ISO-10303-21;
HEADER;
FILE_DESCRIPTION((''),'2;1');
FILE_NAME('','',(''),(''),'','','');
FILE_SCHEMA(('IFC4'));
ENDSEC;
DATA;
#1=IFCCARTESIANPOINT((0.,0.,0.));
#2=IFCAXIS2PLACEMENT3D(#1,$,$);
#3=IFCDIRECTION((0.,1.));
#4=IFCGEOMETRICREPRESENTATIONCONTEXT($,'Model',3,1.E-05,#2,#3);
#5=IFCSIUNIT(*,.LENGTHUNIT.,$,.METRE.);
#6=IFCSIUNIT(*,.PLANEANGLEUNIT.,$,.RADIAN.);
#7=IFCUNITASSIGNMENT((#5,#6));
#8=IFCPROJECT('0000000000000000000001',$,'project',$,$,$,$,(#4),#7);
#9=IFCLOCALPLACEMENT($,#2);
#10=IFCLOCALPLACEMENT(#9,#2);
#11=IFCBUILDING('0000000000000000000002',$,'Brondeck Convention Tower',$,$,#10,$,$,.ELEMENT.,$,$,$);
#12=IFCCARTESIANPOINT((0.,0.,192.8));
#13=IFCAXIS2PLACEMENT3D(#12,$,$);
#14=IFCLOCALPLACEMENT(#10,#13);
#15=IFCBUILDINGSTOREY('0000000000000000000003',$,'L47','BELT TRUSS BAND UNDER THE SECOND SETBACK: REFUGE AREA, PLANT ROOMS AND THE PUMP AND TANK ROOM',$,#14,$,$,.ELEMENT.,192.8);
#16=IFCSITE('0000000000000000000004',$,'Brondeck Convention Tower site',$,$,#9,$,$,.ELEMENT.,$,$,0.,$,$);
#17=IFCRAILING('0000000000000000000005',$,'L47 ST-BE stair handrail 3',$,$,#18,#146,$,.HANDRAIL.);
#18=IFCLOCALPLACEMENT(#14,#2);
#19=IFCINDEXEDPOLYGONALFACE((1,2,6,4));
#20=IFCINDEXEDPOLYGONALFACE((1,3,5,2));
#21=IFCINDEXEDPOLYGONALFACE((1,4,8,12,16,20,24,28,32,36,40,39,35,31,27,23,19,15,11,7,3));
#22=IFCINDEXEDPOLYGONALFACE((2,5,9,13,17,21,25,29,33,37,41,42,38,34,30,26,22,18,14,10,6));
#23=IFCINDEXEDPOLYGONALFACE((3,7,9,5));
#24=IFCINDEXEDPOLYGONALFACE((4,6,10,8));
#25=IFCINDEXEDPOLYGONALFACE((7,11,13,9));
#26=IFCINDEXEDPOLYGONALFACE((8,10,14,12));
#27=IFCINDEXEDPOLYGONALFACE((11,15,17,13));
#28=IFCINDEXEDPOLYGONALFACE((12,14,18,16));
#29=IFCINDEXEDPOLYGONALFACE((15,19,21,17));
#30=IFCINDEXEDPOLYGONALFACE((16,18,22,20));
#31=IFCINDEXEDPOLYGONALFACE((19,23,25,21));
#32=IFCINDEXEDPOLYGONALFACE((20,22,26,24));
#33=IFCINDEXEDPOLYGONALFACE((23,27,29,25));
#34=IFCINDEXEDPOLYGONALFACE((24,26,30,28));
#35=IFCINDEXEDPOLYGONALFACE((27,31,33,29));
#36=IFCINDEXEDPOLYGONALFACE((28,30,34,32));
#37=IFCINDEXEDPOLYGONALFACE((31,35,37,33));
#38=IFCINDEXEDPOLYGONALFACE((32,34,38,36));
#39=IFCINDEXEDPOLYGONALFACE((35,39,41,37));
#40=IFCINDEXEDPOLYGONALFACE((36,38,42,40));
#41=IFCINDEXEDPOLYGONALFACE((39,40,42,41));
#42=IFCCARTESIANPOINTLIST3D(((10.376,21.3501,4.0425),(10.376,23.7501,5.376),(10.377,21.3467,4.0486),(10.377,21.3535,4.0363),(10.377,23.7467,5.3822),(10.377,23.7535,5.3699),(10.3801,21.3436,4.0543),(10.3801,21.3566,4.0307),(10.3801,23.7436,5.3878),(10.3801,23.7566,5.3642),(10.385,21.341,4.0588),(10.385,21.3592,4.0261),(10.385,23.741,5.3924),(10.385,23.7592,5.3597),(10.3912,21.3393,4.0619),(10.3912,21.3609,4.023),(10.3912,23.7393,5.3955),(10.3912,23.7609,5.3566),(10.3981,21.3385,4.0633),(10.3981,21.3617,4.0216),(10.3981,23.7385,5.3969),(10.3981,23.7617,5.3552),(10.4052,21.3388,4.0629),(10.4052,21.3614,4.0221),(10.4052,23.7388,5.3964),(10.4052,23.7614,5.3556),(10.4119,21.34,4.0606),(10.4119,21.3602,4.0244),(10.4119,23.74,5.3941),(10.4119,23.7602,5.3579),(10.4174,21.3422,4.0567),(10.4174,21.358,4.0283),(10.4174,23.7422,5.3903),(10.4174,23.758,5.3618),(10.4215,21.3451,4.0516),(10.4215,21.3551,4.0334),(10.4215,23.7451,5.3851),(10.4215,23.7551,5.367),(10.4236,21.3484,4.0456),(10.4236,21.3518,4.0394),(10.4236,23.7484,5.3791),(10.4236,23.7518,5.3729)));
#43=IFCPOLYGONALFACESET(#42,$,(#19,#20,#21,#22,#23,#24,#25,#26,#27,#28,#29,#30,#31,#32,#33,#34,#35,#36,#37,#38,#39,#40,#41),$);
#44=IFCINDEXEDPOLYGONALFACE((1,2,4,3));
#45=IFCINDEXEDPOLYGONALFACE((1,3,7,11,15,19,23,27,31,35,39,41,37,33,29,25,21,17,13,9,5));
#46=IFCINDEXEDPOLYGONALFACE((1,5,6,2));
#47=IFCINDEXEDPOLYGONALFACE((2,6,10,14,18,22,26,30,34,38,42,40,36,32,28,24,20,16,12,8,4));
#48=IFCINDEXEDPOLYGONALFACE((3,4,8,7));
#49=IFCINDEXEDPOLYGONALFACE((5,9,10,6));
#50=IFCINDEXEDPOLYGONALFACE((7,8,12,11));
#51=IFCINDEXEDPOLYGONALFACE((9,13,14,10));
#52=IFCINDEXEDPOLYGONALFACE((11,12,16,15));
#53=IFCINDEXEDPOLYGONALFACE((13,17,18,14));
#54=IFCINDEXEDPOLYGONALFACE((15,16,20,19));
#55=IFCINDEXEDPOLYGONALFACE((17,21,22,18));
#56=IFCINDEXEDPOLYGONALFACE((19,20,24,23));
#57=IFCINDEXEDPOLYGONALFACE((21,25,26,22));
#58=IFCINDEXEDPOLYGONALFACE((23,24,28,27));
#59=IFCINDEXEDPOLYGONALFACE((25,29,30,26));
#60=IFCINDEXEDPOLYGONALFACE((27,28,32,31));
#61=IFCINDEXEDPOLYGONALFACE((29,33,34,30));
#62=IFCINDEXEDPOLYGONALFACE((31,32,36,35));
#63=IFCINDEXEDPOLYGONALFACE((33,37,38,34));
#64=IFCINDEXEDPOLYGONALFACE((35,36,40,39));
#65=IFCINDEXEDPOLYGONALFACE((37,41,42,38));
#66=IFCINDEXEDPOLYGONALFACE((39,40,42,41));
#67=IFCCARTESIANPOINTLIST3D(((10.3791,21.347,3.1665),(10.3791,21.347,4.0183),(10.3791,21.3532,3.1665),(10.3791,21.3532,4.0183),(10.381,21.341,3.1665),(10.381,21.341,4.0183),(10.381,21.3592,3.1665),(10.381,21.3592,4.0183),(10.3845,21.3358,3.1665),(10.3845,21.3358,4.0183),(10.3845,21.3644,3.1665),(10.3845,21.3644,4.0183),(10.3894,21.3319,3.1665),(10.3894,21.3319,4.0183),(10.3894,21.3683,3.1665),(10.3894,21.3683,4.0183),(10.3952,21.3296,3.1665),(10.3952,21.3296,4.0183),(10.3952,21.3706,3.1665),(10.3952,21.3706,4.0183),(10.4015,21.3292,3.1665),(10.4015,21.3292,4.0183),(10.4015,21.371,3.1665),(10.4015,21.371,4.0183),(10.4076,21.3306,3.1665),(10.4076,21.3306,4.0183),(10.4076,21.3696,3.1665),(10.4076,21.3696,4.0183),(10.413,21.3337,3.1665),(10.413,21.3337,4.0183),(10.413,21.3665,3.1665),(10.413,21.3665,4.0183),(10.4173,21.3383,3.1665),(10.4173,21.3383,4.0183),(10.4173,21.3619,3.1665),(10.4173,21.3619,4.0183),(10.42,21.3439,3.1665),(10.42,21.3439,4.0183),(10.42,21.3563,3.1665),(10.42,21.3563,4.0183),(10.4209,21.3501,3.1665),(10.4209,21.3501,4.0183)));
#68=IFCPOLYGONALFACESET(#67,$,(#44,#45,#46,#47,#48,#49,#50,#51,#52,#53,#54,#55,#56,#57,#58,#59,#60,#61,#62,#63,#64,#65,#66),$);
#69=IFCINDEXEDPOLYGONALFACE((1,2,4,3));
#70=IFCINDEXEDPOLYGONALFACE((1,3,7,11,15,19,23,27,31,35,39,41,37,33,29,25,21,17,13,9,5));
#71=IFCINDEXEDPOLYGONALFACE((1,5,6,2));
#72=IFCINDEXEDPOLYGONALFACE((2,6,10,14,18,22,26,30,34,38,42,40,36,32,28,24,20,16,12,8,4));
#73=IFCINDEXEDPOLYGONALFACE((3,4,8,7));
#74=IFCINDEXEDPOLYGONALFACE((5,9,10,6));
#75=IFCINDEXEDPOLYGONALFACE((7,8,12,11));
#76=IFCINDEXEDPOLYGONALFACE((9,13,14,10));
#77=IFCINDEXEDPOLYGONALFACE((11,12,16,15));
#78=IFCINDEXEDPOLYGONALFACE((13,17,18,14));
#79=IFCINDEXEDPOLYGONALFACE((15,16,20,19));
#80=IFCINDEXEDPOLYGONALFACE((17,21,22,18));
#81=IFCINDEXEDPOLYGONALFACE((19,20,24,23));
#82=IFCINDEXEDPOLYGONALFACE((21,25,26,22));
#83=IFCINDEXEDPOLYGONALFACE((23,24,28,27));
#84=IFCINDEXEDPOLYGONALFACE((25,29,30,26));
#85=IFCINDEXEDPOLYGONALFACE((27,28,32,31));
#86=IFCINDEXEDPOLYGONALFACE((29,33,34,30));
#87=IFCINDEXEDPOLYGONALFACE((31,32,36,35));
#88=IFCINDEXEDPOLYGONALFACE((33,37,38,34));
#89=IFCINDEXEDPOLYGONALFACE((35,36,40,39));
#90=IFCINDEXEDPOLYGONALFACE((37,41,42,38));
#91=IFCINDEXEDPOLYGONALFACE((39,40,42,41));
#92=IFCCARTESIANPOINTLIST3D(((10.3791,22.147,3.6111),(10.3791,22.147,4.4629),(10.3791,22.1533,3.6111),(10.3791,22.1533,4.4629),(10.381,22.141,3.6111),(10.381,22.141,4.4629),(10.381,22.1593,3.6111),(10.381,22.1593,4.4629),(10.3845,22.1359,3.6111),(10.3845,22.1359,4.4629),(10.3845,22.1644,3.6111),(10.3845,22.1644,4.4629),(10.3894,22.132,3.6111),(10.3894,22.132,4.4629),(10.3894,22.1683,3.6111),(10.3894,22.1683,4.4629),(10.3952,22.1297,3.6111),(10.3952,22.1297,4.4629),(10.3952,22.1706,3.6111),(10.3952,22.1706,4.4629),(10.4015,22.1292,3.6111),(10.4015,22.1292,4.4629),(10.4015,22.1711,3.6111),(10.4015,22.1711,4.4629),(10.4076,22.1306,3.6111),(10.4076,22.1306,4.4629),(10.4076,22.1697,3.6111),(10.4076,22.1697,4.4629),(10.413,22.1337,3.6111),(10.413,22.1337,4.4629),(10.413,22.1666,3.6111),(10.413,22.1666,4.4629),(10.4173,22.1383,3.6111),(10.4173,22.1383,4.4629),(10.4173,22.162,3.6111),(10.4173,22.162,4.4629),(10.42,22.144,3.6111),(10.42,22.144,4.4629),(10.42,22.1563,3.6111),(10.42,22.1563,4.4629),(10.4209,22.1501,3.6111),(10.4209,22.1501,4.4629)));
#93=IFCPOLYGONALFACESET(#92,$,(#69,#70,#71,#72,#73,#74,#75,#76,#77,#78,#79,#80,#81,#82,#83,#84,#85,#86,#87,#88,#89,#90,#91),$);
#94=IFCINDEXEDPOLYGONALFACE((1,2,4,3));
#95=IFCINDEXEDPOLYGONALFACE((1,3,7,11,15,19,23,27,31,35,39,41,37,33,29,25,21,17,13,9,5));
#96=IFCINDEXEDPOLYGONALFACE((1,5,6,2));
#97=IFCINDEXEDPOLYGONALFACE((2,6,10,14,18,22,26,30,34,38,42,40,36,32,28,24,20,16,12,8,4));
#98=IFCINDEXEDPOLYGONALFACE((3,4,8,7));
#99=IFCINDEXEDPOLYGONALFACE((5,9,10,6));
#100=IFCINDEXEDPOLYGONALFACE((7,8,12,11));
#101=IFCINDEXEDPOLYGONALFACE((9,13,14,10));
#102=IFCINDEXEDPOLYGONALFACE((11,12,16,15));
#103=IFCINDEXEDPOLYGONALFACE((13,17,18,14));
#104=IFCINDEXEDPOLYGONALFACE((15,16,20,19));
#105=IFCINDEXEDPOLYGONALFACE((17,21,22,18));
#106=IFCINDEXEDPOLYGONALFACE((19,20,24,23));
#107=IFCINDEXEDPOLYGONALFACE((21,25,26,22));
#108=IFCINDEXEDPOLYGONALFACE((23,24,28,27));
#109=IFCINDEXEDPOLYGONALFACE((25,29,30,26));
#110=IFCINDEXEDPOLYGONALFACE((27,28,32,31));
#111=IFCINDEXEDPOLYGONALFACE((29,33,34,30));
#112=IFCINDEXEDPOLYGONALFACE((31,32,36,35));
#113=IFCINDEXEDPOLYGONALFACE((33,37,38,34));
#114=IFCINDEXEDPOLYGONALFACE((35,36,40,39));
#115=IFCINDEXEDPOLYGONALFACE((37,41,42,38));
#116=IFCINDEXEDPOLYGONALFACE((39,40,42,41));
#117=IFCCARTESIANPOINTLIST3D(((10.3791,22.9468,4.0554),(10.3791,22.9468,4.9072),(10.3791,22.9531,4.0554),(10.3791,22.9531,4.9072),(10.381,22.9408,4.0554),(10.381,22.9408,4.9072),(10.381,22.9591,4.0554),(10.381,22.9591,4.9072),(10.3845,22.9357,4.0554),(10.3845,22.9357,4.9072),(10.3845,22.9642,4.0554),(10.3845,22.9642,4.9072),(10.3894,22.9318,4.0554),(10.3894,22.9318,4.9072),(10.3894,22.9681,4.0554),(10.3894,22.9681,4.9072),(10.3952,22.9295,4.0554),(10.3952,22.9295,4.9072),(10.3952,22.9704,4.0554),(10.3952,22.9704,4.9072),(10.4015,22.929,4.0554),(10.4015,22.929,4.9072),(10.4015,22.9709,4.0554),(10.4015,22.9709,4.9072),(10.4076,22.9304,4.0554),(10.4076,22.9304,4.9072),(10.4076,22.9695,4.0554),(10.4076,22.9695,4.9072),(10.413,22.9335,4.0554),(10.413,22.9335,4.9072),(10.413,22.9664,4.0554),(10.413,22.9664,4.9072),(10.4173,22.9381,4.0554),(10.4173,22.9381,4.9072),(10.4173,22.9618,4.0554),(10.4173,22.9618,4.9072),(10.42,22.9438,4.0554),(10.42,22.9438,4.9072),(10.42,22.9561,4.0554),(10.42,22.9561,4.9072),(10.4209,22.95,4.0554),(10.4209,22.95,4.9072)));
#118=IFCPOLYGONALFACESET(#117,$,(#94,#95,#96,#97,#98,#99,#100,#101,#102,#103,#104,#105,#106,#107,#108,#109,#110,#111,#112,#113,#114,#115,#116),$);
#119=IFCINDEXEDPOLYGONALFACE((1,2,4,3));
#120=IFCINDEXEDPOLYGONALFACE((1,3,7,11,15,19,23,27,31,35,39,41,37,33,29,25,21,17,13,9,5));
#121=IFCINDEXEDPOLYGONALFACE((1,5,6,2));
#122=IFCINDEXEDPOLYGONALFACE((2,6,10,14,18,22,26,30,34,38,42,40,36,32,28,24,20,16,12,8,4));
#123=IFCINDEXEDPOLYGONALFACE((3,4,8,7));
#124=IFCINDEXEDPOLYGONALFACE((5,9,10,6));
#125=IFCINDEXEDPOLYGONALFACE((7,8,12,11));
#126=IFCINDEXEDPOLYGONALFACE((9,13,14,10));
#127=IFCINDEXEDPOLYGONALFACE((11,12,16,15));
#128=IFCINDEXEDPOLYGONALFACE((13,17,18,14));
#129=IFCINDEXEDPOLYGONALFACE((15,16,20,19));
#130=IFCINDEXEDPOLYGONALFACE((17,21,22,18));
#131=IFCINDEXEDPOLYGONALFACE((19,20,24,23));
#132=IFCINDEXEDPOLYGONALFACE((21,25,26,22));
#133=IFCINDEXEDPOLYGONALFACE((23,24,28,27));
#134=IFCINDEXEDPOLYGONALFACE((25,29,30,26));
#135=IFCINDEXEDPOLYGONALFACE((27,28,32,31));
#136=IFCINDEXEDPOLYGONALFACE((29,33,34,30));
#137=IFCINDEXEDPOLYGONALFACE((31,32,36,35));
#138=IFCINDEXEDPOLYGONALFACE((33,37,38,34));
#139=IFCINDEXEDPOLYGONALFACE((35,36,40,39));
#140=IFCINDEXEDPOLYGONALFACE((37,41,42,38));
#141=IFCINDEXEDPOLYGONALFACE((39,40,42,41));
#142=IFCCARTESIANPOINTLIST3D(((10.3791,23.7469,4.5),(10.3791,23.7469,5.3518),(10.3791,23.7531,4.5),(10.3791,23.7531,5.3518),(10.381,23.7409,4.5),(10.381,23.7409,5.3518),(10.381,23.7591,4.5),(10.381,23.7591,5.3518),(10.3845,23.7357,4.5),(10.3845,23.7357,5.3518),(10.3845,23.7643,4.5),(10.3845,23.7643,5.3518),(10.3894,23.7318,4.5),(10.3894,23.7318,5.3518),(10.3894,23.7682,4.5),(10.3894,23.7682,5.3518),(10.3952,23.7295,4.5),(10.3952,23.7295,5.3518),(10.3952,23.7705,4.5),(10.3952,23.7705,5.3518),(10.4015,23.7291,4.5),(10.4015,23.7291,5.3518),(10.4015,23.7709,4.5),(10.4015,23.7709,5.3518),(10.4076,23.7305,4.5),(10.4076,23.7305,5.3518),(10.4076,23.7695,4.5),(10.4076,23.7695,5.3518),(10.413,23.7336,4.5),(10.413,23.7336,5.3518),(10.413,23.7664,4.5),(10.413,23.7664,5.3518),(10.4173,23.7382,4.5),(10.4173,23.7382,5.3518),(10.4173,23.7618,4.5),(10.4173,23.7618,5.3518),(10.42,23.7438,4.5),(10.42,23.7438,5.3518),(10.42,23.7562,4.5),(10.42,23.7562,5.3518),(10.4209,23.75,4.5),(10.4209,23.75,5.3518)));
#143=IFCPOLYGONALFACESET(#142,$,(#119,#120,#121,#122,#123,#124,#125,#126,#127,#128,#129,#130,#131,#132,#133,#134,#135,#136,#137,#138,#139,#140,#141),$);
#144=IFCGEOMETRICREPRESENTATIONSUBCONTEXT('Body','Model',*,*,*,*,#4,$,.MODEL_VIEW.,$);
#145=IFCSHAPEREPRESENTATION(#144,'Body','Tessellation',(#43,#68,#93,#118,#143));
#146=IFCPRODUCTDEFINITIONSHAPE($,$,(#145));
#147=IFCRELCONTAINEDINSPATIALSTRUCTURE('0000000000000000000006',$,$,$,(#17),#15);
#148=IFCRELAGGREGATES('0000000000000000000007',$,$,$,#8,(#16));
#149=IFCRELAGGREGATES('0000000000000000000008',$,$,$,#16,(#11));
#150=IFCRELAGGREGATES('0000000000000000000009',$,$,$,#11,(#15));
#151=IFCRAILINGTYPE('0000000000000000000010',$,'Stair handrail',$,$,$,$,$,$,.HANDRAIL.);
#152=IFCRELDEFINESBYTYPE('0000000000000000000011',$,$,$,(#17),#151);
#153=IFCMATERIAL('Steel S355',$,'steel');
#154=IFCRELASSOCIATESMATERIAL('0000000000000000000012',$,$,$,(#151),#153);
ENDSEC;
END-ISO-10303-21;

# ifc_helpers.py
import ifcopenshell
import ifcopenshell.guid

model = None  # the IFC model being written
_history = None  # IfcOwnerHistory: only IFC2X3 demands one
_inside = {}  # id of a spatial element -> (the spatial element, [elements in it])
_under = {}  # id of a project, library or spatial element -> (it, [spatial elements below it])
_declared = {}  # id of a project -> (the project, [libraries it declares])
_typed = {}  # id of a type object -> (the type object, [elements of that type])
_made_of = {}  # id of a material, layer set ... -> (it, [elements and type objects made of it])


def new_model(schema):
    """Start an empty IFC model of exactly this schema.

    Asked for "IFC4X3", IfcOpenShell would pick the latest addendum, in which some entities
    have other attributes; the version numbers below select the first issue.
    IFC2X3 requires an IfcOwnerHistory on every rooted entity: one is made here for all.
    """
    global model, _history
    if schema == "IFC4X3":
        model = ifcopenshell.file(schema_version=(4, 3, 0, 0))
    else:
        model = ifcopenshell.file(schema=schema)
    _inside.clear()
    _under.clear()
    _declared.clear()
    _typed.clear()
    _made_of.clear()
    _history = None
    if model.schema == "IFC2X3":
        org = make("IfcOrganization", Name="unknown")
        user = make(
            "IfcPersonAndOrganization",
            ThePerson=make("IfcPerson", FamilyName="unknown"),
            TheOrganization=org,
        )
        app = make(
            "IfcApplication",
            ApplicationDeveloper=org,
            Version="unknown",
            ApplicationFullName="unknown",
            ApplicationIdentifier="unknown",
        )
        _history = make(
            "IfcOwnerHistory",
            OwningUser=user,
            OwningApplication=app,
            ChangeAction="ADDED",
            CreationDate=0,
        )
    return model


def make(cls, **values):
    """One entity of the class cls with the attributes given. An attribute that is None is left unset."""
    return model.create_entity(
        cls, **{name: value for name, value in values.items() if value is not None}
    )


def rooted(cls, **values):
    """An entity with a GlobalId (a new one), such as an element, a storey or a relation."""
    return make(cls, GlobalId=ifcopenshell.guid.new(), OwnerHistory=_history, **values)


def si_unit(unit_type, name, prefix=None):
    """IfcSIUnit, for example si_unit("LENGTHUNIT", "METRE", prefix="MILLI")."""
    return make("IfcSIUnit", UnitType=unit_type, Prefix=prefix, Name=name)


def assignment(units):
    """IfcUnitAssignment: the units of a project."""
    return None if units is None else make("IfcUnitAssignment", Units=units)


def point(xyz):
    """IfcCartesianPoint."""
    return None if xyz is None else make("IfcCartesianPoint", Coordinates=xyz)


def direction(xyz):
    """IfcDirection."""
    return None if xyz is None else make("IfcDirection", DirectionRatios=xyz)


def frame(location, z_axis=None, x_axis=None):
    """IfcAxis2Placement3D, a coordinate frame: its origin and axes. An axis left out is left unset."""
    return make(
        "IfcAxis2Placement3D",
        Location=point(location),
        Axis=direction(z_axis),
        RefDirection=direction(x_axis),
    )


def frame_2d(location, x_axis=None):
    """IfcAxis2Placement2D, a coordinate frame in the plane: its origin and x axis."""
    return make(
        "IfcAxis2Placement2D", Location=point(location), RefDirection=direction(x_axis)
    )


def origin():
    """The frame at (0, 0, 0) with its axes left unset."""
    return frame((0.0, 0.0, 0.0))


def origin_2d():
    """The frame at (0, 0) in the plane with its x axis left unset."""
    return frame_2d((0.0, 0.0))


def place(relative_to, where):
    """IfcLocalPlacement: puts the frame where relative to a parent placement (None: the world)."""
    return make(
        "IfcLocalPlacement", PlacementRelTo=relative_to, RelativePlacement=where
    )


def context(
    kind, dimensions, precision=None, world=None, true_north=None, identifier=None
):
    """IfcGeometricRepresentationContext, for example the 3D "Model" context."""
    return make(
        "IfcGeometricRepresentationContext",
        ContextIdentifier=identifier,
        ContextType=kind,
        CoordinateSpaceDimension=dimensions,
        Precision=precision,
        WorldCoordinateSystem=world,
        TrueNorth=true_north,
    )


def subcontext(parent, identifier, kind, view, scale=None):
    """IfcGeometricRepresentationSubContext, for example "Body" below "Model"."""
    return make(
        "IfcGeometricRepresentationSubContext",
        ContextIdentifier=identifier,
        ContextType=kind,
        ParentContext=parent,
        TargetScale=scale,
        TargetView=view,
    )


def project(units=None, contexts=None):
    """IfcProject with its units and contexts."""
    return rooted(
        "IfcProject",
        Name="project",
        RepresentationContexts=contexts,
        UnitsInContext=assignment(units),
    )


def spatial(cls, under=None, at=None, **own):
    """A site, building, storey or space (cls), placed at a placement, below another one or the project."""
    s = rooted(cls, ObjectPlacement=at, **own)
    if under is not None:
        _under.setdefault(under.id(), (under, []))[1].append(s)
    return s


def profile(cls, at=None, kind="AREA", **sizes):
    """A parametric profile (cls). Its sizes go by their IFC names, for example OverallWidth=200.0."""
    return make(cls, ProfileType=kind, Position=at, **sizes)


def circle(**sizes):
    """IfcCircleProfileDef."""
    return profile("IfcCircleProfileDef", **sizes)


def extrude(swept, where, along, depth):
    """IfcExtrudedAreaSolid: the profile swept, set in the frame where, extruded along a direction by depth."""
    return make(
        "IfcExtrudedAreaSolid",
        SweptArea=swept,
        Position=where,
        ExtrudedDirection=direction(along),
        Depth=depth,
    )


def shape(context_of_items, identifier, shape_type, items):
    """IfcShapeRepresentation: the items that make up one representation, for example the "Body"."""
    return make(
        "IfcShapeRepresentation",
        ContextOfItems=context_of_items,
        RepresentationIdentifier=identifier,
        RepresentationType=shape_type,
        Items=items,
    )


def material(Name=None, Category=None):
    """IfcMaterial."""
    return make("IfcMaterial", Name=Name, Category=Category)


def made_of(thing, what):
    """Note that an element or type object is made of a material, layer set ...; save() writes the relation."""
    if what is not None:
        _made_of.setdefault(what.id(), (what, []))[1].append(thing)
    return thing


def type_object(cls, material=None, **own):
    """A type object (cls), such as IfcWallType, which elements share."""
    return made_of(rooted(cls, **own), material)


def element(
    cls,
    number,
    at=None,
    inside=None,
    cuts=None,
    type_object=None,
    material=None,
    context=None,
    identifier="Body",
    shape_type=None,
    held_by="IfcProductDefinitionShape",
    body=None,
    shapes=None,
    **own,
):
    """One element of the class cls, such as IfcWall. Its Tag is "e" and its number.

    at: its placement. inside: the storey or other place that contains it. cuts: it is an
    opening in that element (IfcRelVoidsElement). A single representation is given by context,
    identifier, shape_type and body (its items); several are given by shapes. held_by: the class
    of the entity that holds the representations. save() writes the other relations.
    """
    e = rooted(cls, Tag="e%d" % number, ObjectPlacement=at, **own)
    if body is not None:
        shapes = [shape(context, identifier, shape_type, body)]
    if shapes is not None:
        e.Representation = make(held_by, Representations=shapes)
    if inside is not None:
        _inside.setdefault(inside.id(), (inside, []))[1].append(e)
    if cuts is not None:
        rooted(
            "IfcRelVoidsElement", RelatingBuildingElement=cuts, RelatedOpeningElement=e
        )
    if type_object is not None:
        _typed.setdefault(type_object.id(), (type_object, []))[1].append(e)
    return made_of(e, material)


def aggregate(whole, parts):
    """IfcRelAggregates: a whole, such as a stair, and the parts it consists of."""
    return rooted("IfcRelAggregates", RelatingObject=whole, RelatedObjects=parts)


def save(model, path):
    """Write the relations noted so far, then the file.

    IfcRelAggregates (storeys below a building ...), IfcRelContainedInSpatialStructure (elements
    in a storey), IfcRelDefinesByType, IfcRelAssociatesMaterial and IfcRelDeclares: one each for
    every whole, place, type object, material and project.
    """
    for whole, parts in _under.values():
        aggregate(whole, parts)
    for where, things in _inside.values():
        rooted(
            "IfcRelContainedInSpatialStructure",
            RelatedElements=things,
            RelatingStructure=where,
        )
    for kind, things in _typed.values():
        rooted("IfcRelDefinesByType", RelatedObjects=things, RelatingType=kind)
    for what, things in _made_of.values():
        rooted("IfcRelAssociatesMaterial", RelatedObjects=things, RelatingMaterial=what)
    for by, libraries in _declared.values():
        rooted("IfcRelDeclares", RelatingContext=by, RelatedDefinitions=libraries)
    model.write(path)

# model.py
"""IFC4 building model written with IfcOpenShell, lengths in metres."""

from ifc_helpers import new_model, si_unit, direction, frame, origin, origin_2d, place, context, subcontext, project, spatial, circle, extrude, material, type_object, element, save


model = new_model("IFC4")

# Units and contexts
model_context = context("Model", 3, precision=1e-05, world=origin(), true_north=direction((0.0, 1.0)))
body_context = subcontext(model_context, "Body", "Model", "MODEL_VIEW")
ifc_project = project(units=[si_unit("LENGTHUNIT", "METRE"), si_unit("PLANEANGLEUNIT", "RADIAN")], contexts=[model_context])

# Site, building, storey
site_placement = place(None, origin())
site = spatial("IfcSite", under=ifc_project, at=site_placement, Name="Brondeck Convention Tower site", CompositionType="ELEMENT", RefElevation=0.0)
building_placement = place(site_placement, origin())
building = spatial("IfcBuilding", under=site, at=building_placement, Name="Brondeck Convention Tower", CompositionType="ELEMENT")
storey_placement = place(building_placement, frame((0.0, 0.0, 192.8)))
storey = spatial("IfcBuildingStorey", under=building, at=storey_placement, Name="L47", Description="BELT TRUSS BAND UNDER THE SECOND SETBACK: REFUGE AREA, PLANT ROOMS AND THE PUMP AND TANK ROOM", CompositionType="ELEMENT", Elevation=192.8)

# Shared definitions
ifc_material_1 = material(Name="Steel S355", Category="steel")

# Railing
railing_type_1 = type_object("IfcRailingType", Name="Stair handrail", PredefinedType="HANDRAIL", material=ifc_material_1)
railing_1_placement = place(storey_placement, frame((10.3999, 21.3501, 3.1665)))
element("IfcRailing", 1, at=railing_1_placement, inside=storey, type_object=railing_type_1, Name="L47 ST-BE stair handrail 3", PredefinedType="HANDRAIL", context=body_context, shape_type="SweptSolid", body=[
    extrude(circle(Radius=0.0239, at=origin_2d()), frame((0.0, 0.0, 0.876), z_axis=(0.0, 0.874124, 0.485703), x_axis=(-1.0, 0.0, 0.0)), (0.0, 0.0, 1.0), 2.7456),
    extrude(circle(Radius=0.021, at=origin_2d()), origin(), (0.0, 0.0, 1.0), 0.8518),
    extrude(circle(Radius=0.021, at=origin_2d()), frame((0.0, 0.8, 0.4446)), (0.0, 0.0, 1.0), 0.8518),
    extrude(circle(Radius=0.021, at=origin_2d()), frame((0.0, 1.5999, 0.8889)), (0.0, 0.0, 1.0), 0.8518),
    extrude(circle(Radius=0.021, at=origin_2d()), frame((0.0, 2.3999, 1.3335)), (0.0, 0.0, 1.0), 0.8518),
])

save(model, "model.ifc")
